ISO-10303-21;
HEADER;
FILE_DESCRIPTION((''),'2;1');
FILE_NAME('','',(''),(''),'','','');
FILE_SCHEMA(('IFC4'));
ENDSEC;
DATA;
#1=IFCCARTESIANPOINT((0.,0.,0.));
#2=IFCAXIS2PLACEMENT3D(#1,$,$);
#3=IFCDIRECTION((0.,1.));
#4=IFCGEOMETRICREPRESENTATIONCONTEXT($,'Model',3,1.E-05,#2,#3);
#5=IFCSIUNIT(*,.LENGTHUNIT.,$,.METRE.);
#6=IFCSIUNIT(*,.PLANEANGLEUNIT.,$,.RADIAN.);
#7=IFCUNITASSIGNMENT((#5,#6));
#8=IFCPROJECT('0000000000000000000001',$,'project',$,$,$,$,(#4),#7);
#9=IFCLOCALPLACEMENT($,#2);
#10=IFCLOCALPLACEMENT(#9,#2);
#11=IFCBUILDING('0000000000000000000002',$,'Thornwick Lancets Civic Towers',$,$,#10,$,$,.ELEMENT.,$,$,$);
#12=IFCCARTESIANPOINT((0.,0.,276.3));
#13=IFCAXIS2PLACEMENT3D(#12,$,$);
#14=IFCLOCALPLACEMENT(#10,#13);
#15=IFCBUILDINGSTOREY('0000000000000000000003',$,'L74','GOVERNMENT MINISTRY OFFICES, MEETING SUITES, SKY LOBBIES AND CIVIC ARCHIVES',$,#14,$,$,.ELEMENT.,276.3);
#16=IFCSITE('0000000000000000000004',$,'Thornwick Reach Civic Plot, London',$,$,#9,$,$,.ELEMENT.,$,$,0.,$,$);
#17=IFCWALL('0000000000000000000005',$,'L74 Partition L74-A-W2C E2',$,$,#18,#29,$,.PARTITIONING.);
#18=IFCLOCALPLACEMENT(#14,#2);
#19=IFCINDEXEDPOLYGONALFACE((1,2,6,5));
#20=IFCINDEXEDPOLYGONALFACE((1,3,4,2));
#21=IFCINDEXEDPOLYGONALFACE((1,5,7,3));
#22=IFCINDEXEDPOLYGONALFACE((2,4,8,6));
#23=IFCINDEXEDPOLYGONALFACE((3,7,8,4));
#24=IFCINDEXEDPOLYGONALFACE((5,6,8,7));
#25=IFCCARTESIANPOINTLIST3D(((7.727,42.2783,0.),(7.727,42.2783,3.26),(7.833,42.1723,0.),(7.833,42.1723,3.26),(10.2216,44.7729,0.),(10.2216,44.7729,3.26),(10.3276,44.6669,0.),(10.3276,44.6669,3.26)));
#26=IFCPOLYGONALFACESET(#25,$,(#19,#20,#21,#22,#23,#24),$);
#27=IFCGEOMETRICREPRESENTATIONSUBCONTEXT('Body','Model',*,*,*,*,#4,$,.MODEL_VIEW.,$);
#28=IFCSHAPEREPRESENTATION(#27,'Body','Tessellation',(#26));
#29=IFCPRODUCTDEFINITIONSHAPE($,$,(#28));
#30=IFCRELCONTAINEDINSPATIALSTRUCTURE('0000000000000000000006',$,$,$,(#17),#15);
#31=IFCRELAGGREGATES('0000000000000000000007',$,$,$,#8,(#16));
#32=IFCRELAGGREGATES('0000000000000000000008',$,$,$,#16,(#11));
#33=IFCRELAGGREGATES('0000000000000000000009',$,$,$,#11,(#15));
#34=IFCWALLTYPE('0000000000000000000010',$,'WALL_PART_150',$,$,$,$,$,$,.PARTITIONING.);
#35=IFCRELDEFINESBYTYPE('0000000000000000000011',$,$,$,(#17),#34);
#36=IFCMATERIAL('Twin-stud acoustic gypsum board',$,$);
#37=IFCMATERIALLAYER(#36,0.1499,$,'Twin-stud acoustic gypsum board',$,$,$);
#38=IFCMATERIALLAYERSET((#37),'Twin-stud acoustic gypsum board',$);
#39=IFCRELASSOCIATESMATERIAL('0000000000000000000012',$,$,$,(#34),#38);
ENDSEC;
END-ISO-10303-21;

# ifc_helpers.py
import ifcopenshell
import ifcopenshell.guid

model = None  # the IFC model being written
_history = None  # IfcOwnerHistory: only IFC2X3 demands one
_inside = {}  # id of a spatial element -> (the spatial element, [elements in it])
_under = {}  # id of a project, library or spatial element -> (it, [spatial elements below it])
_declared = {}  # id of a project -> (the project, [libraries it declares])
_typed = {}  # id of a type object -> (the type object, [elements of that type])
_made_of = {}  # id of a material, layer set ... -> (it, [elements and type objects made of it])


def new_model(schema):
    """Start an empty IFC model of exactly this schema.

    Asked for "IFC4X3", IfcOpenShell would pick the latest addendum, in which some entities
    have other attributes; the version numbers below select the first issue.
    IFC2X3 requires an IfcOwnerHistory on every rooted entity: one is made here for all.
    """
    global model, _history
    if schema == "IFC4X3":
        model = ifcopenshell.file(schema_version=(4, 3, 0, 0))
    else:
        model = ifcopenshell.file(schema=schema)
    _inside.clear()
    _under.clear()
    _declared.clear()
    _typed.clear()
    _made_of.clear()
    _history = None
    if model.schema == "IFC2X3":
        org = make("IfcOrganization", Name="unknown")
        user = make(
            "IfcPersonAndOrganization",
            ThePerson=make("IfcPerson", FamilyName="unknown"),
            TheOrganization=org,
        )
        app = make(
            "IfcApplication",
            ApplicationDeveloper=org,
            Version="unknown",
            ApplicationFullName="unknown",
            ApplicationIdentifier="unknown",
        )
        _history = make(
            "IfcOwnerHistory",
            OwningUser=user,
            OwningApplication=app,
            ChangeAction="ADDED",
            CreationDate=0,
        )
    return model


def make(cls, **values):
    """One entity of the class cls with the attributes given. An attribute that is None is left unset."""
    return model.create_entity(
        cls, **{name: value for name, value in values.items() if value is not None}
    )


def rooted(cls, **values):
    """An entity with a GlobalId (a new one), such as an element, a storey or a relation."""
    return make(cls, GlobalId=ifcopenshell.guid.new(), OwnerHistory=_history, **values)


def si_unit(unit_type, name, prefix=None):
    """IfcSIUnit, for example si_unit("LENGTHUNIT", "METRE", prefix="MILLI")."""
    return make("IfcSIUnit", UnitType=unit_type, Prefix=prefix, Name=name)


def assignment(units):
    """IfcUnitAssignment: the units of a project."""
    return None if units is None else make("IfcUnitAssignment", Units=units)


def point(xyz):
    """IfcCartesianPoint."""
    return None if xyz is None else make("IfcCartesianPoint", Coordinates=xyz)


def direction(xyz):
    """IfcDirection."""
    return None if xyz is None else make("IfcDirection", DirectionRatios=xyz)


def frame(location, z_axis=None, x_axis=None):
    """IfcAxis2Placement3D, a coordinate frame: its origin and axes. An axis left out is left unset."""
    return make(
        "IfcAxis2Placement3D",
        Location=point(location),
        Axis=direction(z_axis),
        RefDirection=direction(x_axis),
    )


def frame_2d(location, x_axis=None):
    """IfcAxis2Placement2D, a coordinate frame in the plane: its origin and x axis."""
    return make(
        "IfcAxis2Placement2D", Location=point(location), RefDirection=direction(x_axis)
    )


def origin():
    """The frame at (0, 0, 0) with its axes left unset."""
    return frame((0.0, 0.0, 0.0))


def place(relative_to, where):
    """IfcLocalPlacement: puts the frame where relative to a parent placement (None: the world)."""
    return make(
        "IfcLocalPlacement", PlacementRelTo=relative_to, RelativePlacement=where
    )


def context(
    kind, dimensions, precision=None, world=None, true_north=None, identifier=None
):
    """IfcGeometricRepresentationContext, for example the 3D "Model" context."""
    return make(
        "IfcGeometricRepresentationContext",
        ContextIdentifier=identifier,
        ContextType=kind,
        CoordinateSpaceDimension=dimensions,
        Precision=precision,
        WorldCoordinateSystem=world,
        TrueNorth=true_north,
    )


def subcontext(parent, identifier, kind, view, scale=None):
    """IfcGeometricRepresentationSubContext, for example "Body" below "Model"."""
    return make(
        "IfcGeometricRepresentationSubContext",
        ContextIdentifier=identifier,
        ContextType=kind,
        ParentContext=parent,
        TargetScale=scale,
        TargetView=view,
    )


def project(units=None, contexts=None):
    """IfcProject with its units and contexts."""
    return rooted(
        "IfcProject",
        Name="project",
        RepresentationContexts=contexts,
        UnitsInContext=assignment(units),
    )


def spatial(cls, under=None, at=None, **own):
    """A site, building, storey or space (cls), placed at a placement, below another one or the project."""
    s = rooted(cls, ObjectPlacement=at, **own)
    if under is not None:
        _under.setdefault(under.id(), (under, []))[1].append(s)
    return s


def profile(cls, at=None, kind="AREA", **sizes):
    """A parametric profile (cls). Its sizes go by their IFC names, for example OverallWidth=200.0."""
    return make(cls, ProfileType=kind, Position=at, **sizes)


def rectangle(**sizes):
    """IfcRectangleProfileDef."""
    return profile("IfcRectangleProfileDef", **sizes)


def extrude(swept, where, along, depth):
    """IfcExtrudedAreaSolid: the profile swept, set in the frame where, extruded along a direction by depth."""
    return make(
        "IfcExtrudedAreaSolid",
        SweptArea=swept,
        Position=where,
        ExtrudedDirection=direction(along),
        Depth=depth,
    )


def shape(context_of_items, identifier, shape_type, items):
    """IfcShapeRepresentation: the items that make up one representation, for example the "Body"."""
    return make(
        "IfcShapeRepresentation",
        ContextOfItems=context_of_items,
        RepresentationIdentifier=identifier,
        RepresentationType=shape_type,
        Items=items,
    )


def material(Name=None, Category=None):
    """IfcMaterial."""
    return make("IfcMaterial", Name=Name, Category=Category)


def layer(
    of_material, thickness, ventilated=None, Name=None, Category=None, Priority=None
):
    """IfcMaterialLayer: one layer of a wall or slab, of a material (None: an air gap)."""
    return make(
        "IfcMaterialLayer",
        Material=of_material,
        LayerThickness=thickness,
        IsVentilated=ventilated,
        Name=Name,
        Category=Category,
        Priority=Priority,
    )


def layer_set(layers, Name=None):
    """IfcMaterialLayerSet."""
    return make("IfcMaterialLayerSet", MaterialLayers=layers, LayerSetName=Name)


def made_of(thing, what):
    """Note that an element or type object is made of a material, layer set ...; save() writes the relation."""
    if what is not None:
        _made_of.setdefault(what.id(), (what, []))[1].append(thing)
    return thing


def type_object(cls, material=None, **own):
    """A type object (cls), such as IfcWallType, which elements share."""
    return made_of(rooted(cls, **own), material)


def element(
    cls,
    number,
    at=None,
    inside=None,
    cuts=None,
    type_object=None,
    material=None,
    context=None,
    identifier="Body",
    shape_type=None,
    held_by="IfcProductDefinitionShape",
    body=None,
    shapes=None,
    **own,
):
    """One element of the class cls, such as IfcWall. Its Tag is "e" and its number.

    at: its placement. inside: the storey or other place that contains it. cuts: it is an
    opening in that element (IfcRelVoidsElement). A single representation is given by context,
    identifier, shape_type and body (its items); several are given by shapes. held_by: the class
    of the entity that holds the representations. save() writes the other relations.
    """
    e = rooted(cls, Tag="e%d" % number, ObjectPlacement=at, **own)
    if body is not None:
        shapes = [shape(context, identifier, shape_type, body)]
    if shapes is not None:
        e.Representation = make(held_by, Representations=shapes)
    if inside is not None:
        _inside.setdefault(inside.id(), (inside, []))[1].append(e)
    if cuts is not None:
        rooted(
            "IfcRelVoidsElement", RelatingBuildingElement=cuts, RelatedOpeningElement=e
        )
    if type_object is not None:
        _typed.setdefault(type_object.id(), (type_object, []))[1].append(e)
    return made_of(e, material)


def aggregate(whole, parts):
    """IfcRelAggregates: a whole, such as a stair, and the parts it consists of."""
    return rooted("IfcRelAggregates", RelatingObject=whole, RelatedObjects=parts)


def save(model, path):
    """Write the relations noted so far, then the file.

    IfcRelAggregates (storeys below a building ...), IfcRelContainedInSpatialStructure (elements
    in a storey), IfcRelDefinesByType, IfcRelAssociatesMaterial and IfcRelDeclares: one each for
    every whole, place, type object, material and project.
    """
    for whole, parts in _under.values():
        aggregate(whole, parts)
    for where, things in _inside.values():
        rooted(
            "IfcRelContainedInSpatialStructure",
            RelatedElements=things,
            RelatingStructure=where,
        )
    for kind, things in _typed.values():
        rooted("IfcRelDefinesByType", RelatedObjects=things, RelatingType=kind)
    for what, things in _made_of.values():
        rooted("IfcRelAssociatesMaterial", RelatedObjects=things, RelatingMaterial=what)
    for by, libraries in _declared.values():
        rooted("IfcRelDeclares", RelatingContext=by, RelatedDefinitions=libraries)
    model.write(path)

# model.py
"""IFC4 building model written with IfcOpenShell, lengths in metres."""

from ifc_helpers import new_model, si_unit, direction, frame, frame_2d, origin, place, context, subcontext, project, spatial, rectangle, extrude, material, layer, layer_set, type_object, element, save


model = new_model("IFC4")

# Units and contexts
model_context = context("Model", 3, precision=1e-05, world=origin(), true_north=direction((0.0, 1.0)))
body_context = subcontext(model_context, "Body", "Model", "MODEL_VIEW")
ifc_project = project(units=[si_unit("LENGTHUNIT", "METRE"), si_unit("PLANEANGLEUNIT", "RADIAN")], contexts=[model_context])

# Site, building, storey
site_placement = place(None, origin())
site = spatial("IfcSite", under=ifc_project, at=site_placement, Name="Thornwick Reach Civic Plot, London", CompositionType="ELEMENT", RefElevation=0.0)
building_placement = place(site_placement, origin())
building = spatial("IfcBuilding", under=site, at=building_placement, Name="Thornwick Lancets Civic Towers", CompositionType="ELEMENT")
storey_placement = place(building_placement, frame((0.0, 0.0, 276.3)))
storey = spatial("IfcBuildingStorey", under=building, at=storey_placement, Name="L74", Description="GOVERNMENT MINISTRY OFFICES, MEETING SUITES, SKY LOBBIES AND CIVIC ARCHIVES", CompositionType="ELEMENT", Elevation=276.3)

# Shared definitions
ifc_material_1 = material(Name="Twin-stud acoustic gypsum board")
ifc_layer_1 = layer(ifc_material_1, 0.1499, Name="Twin-stud acoustic gypsum board")
ifc_layer_set_1 = layer_set([ifc_layer_1], Name="Twin-stud acoustic gypsum board")
wall_type_1 = type_object("IfcWallType", Name="WALL_PART_150", PredefinedType="PARTITIONING", material=ifc_layer_set_1)

# Wall
wall_1_placement = place(storey_placement, frame((7.78, 42.2253, 0.0), z_axis=(0.0, 0.0, 1.0), x_axis=(0.707107, 0.707107, 0.0)))
element("IfcWall", 1, at=wall_1_placement, inside=storey, type_object=wall_type_1, Name="L74 Partition L74-A-W2C E2", PredefinedType="PARTITIONING", context=body_context, shape_type="SweptSolid", body=[
    extrude(rectangle(XDim=3.5278, YDim=0.1499, at=frame_2d((1.7639, 0.0))), origin(), (0.0, 0.0, 1.0), 3.26),
])

save(model, "model.ifc")
